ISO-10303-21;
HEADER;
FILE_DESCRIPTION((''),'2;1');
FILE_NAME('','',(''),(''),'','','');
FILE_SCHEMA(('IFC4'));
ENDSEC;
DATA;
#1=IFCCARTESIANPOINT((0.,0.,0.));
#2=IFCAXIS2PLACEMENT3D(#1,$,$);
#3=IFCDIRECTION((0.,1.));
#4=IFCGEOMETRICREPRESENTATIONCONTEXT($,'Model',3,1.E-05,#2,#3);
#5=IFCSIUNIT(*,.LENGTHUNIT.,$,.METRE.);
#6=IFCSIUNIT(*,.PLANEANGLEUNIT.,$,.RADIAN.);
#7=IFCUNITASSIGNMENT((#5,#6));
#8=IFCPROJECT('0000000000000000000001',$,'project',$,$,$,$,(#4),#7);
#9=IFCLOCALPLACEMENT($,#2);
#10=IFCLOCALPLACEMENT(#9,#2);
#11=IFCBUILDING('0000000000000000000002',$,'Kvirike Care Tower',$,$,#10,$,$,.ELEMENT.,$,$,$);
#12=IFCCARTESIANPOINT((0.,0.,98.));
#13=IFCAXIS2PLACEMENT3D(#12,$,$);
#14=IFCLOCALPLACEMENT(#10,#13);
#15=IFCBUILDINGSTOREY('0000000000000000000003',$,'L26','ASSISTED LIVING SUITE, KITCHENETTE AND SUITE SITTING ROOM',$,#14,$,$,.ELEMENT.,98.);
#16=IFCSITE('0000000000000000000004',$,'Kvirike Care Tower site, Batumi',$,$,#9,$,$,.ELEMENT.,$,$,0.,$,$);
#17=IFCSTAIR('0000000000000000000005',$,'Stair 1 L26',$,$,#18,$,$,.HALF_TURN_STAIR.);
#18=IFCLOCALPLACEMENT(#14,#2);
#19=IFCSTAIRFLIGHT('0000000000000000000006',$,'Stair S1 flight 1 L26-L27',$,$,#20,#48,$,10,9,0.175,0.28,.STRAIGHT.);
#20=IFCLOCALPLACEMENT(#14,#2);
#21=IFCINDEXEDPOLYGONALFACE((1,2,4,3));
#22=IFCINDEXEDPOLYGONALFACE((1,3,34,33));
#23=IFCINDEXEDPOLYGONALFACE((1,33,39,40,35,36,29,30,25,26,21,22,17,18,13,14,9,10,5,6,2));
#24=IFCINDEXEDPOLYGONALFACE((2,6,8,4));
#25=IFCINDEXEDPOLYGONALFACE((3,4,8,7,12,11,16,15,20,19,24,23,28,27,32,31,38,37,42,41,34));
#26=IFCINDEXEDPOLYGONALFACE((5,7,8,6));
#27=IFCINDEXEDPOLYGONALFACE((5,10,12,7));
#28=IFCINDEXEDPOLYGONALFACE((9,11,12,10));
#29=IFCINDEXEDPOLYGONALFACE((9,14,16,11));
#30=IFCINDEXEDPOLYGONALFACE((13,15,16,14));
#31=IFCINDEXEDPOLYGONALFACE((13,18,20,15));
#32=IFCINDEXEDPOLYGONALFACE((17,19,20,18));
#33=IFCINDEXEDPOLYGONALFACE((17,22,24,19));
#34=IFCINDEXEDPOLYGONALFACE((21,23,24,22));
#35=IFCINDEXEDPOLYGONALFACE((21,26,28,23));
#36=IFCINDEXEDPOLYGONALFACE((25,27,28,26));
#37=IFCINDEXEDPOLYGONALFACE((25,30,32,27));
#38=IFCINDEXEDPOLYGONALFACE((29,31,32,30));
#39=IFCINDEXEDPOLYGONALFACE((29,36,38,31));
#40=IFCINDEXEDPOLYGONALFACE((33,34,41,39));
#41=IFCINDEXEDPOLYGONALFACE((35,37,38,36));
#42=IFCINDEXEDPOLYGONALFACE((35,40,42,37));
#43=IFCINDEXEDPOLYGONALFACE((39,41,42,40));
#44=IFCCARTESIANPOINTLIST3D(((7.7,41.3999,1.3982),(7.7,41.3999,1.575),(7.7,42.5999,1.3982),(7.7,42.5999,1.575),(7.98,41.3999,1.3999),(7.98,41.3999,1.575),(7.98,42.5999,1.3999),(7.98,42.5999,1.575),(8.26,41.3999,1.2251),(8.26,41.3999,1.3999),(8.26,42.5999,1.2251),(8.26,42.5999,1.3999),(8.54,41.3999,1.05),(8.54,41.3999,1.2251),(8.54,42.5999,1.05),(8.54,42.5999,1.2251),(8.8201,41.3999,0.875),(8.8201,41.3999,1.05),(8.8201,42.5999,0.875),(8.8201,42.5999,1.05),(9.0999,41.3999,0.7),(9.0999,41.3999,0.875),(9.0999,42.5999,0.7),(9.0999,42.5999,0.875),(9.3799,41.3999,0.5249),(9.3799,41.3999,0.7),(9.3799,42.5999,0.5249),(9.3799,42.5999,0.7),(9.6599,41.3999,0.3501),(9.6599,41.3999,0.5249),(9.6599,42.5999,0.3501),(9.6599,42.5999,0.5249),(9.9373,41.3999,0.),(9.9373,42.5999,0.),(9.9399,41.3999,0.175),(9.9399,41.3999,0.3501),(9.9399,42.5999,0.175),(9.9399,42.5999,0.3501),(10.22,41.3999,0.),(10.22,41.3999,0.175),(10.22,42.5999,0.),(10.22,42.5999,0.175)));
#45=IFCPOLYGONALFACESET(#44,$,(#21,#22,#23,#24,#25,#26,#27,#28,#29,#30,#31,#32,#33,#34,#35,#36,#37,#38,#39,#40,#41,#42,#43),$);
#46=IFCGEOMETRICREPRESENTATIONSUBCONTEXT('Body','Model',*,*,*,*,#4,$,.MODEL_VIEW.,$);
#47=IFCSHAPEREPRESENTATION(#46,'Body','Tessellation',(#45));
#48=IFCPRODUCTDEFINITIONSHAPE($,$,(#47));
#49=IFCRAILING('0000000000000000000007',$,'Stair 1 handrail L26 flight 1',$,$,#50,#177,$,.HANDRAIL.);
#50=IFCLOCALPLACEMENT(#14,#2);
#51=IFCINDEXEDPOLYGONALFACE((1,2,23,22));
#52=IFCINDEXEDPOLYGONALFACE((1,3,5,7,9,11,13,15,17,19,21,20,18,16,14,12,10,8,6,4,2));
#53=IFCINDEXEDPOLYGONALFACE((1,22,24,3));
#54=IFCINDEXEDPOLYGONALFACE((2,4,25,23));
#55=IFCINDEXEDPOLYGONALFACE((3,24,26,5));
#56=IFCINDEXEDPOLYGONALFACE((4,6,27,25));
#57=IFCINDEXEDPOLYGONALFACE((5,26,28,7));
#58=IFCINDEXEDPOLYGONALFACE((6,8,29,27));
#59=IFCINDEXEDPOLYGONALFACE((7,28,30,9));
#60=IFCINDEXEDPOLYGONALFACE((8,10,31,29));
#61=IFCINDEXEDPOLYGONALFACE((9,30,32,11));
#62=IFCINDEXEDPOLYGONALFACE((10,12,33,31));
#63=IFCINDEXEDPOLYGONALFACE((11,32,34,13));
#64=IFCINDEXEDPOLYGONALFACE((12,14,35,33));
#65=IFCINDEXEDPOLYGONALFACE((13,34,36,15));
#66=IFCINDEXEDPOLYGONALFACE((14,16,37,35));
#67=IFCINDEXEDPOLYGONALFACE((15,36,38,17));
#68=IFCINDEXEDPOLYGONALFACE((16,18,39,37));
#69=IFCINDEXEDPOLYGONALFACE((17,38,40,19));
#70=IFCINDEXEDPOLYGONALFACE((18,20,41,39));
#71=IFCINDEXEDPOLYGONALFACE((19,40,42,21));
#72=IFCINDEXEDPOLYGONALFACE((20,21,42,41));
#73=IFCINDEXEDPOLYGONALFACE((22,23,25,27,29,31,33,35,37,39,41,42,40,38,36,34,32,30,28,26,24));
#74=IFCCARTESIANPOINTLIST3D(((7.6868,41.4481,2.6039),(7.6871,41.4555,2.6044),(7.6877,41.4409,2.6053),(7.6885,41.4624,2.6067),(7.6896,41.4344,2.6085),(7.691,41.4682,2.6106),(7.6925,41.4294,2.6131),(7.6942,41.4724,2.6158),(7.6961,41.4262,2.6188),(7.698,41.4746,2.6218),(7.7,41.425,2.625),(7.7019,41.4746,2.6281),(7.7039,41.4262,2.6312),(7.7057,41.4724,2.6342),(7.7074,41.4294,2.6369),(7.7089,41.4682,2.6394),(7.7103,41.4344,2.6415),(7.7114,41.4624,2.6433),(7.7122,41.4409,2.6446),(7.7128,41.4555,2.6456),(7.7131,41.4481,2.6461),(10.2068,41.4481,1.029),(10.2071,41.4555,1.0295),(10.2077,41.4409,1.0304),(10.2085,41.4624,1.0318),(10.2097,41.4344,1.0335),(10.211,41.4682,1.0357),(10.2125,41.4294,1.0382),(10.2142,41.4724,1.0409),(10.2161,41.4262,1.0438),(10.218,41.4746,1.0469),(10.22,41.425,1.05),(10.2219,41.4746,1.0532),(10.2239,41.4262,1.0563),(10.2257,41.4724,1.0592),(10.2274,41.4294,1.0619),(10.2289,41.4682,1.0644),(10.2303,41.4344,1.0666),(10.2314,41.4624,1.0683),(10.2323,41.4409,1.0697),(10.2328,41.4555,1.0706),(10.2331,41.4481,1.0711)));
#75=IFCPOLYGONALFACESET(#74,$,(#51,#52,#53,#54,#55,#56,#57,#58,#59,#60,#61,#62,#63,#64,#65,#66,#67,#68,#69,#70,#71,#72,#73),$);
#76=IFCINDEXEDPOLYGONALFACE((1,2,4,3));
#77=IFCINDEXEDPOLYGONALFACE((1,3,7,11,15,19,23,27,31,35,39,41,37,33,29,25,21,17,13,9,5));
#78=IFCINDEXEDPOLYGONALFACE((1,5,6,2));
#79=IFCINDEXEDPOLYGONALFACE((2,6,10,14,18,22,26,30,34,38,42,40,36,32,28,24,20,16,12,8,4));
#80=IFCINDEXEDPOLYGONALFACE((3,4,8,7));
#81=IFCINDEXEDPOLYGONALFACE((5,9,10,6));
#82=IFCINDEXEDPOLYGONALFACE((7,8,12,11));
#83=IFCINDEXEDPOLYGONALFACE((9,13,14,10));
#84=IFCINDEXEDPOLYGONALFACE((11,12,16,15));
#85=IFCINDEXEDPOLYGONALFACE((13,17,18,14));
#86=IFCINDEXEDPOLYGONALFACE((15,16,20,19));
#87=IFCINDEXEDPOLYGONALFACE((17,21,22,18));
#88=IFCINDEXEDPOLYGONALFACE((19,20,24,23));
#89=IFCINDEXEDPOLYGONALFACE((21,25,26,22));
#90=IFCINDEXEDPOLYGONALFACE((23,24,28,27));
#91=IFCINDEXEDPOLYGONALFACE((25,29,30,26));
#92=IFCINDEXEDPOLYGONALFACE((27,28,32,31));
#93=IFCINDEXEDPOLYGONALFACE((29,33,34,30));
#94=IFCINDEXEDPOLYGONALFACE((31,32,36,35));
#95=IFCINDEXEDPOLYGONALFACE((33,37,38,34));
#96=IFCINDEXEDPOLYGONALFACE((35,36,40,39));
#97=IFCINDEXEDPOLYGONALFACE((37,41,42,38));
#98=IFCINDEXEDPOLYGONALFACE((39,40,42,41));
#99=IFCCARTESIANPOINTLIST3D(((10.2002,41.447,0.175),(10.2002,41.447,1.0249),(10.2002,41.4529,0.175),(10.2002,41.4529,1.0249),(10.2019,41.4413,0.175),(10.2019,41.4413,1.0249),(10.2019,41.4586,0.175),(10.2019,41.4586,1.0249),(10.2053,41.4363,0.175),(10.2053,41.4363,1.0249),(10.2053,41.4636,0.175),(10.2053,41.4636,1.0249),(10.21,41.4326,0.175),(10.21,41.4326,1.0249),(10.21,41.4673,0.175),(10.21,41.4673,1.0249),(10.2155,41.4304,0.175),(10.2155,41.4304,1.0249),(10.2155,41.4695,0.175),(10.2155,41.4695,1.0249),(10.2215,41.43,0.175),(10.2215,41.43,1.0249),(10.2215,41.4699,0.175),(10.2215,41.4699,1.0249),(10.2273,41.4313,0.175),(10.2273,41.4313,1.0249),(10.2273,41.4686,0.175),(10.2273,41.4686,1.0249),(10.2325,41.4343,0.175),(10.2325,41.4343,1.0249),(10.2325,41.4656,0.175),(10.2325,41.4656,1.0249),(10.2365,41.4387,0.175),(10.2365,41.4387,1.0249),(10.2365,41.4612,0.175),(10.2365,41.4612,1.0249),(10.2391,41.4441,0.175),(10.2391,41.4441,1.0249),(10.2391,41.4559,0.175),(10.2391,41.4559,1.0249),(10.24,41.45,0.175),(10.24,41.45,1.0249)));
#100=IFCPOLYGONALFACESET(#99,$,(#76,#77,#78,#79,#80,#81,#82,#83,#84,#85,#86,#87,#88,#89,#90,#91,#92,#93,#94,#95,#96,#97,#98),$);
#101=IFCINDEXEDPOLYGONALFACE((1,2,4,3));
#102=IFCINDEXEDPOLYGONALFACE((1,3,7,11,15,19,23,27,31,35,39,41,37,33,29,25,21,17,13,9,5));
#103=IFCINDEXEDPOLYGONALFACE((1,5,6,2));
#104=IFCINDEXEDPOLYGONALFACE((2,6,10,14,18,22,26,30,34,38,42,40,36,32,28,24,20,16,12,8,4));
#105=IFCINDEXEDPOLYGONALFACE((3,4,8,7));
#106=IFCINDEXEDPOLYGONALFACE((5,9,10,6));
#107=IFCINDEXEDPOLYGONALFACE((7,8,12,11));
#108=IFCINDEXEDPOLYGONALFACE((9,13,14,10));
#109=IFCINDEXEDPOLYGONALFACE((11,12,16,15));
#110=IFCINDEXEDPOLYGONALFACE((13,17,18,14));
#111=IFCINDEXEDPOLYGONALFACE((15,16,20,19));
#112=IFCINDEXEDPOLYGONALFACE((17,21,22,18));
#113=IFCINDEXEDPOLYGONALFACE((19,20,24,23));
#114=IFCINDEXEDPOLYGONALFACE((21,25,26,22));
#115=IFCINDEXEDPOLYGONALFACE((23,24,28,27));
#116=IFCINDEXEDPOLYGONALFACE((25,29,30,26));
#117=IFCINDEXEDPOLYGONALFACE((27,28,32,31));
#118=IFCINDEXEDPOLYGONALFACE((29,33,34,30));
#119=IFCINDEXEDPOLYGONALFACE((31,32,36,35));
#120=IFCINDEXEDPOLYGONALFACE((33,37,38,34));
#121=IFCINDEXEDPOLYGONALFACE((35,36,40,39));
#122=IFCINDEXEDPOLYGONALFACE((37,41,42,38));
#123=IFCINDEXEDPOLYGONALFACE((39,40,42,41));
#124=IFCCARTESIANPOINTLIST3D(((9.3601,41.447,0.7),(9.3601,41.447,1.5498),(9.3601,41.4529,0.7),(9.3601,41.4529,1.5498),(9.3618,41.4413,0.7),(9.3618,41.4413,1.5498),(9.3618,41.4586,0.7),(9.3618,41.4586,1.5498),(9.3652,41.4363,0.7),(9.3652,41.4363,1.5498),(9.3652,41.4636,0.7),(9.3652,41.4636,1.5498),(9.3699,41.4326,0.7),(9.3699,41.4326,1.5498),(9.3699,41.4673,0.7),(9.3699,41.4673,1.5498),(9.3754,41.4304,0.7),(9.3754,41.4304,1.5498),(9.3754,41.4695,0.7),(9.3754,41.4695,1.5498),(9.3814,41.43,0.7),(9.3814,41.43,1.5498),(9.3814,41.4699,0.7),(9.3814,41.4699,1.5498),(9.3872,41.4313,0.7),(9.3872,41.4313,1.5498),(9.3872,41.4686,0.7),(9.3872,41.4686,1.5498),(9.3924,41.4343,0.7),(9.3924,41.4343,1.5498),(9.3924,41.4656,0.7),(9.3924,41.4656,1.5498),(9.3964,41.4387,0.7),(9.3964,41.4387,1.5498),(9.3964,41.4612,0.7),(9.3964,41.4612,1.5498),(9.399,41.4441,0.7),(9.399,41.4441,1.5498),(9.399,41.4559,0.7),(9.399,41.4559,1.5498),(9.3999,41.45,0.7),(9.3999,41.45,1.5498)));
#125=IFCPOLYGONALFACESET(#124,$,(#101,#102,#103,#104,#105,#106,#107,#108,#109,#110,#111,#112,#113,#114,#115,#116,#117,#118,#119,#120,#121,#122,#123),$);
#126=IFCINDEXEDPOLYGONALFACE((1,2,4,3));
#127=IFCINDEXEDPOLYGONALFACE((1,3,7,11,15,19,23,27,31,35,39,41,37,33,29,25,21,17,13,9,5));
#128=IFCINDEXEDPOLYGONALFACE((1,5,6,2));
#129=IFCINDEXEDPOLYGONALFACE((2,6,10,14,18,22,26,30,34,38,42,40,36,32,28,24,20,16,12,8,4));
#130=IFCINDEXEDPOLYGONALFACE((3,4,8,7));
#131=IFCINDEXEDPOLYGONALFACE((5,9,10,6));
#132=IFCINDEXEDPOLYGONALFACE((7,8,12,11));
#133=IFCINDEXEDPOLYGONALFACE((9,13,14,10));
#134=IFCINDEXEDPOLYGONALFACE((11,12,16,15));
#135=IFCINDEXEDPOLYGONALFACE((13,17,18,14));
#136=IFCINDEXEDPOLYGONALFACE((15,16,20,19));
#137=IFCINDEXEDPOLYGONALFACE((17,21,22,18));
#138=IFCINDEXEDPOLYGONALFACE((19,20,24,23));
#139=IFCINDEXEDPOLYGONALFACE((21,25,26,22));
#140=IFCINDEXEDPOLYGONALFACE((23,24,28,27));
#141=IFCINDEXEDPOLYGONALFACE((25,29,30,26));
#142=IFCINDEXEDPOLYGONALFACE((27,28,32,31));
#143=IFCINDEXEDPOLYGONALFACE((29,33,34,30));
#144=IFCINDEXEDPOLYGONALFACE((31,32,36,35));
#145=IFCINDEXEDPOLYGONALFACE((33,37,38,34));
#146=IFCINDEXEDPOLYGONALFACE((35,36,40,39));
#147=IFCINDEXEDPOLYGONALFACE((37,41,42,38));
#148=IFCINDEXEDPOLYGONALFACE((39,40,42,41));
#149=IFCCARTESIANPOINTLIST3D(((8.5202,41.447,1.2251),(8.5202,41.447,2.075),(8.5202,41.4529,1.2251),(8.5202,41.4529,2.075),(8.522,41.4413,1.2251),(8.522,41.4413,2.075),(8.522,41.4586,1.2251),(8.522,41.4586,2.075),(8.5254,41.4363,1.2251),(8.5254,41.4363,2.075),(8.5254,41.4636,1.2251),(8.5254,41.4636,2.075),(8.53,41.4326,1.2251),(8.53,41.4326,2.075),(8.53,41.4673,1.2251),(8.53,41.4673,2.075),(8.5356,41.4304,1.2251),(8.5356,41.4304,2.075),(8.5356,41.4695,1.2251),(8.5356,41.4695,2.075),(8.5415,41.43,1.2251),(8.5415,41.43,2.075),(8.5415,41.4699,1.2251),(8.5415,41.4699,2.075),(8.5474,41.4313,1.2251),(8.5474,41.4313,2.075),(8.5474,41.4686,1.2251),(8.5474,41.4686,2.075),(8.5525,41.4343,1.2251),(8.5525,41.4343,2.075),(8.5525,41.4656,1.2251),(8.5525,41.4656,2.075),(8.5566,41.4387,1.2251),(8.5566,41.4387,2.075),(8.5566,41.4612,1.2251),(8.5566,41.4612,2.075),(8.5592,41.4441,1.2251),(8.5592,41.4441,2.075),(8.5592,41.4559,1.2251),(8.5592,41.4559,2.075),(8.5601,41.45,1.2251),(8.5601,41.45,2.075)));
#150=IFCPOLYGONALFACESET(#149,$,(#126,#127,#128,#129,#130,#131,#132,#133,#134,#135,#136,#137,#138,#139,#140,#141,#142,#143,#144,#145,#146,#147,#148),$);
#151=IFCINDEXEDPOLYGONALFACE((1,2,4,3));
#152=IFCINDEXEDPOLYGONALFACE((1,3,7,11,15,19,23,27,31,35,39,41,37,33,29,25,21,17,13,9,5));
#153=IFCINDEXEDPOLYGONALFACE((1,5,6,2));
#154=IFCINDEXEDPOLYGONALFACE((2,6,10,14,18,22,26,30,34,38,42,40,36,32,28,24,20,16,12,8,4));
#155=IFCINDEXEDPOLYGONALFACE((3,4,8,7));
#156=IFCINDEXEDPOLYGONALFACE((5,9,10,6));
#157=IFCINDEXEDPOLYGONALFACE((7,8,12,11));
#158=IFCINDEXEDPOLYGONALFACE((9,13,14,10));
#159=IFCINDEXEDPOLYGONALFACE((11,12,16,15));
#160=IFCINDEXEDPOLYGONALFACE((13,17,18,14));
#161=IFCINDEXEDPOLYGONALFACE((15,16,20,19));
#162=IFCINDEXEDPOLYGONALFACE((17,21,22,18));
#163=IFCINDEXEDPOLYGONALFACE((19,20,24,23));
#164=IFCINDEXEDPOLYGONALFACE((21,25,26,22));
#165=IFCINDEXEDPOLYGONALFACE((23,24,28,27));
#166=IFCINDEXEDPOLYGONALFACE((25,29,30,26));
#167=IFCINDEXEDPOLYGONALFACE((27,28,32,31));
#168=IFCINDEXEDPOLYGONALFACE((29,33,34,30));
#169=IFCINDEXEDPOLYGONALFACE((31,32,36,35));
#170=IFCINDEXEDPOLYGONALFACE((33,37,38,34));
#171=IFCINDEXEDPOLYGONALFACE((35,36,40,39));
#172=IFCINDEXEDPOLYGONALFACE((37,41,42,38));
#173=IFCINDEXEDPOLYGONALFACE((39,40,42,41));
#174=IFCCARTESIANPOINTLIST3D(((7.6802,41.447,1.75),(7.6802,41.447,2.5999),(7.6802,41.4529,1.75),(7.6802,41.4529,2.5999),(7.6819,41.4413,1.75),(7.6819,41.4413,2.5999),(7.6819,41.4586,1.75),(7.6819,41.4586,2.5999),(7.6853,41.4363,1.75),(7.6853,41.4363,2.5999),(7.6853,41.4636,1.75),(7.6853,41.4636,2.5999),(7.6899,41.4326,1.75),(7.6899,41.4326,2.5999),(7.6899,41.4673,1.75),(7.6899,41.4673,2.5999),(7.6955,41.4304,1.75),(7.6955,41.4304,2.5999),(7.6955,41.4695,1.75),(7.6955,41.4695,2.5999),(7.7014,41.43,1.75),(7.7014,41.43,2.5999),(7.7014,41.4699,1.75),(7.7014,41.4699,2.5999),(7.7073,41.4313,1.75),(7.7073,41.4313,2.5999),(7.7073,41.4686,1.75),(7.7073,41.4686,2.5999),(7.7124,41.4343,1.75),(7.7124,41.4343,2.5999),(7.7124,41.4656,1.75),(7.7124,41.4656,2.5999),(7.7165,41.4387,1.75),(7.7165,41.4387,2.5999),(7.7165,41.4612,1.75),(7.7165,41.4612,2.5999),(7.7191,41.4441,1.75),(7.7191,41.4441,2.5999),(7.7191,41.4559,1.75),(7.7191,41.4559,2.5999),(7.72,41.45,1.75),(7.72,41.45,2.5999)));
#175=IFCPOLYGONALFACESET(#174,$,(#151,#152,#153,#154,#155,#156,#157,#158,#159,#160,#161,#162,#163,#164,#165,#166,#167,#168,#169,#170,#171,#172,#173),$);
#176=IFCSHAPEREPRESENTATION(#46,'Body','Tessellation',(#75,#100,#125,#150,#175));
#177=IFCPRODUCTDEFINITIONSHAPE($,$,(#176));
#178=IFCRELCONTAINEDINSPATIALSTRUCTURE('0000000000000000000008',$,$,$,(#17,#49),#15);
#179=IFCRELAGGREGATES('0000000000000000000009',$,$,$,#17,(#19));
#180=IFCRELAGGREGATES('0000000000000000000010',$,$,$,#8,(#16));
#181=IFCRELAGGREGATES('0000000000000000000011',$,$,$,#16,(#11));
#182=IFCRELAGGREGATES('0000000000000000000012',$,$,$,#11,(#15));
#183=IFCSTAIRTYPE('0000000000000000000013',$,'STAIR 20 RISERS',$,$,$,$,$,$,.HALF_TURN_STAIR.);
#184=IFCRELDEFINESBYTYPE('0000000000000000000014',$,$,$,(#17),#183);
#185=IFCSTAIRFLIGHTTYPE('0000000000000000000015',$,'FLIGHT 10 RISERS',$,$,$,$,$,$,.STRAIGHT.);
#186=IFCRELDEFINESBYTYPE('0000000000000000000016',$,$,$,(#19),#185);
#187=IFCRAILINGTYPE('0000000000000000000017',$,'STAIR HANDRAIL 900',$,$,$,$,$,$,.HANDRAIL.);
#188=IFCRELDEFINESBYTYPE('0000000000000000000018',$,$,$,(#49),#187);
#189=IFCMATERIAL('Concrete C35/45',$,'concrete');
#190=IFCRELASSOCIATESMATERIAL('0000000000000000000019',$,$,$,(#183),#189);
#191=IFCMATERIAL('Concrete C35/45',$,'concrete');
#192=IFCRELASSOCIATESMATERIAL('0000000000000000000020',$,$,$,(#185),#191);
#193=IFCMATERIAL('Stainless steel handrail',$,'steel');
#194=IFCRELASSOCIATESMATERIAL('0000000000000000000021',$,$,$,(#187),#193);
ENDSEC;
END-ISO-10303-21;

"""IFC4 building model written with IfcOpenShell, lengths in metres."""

from ifc_helpers import new_model, si_unit, direction, frame, origin, origin_2d, place, context, subcontext, project, spatial, polyline, circle, outline, extrude, material, type_object, element, aggregate, save


model = new_model("IFC4")

# Units and contexts
model_context = context("Model", 3, precision=1e-05, world=origin(), true_north=direction((0.0, 1.0)))
body_context = subcontext(model_context, "Body", "Model", "MODEL_VIEW")
ifc_project = project(units=[si_unit("LENGTHUNIT", "METRE"), si_unit("PLANEANGLEUNIT", "RADIAN")], contexts=[model_context])

# Site, building, storey
site_placement = place(None, origin())
site = spatial("IfcSite", under=ifc_project, at=site_placement, Name="Kvirike Care Tower site, Batumi", CompositionType="ELEMENT", RefElevation=0.0)
building_placement = place(site_placement, origin())
building = spatial("IfcBuilding", under=site, at=building_placement, Name="Kvirike Care Tower", CompositionType="ELEMENT")
storey_placement = place(building_placement, frame((0.0, 0.0, 98.0)))
storey = spatial("IfcBuildingStorey", under=building, at=storey_placement, Name="L26", Description="ASSISTED LIVING SUITE, KITCHENETTE AND SUITE SITTING ROOM", CompositionType="ELEMENT", Elevation=98.0)

# Stair, stair flight
ifc_material_1 = material(Name="Concrete C35/45", Category="concrete")
stair_type = type_object("IfcStairType", Name="STAIR 20 RISERS", PredefinedType="HALF_TURN_STAIR", material=ifc_material_1)
stair_placement = place(storey_placement, origin())
stair = element("IfcStair", 1, at=stair_placement, inside=storey, type_object=stair_type, Name="Stair 1 L26", PredefinedType="HALF_TURN_STAIR")
ifc_material_2 = material(Name="Concrete C35/45", Category="concrete")
stair_flight_type = type_object("IfcStairFlightType", Name="FLIGHT 10 RISERS", PredefinedType="STRAIGHT", material=ifc_material_2)
stair_flight_placement = place(storey_placement, frame((10.22, 42.0, 0.0), z_axis=(0.0, 0.0, 1.0), x_axis=(-1.0, 0.0, 0.0)))
stair_flight = element("IfcStairFlight", 2, at=stair_flight_placement, type_object=stair_flight_type, Name="Stair S1 flight 1 L26-L27", NumberOfRisers=10, NumberOfTreads=9, PredefinedType="STRAIGHT", RiserHeight=0.175, TreadLength=0.28, context=body_context, shape_type="SweptSolid", body=[
    extrude(outline(polyline([(0.0, 0.0), (0.0, 0.175), (0.28, 0.175), (0.28, 0.3501), (0.5601, 0.3501), (0.5601, 0.5249), (0.8401, 0.5249), (0.8401, 0.7), (1.1201, 0.7), (1.1201, 0.875), (1.3999, 0.875), (1.3999, 1.05), (1.6799, 1.05), (1.6799, 1.2251), (1.96, 1.2251), (1.96, 1.3999), (2.24, 1.3999), (2.24, 1.575), (2.52, 1.575), (2.52, 1.75), (2.52, 1.3982), (0.2827, 0.0), (0.0, 0.0)])), frame((0.0, 0.6001, 0.0), z_axis=(0.0, -1.0, 0.0), x_axis=(1.0, 0.0, 0.0)), (0.0, 0.0, 1.0), 1.2),
])
aggregate(stair, [stair_flight])

# Railing
ifc_material_3 = material(Name="Stainless steel handrail", Category="steel")
railing_type = type_object("IfcRailingType", Name="STAIR HANDRAIL 900", PredefinedType="HANDRAIL", material=ifc_material_3)
railing_1_placement = place(storey_placement, frame((10.22, 41.45, 0.175)))
element("IfcRailing", 3, at=railing_1_placement, inside=storey, type_object=railing_type, Name="Stair 1 handrail L26 flight 1", PredefinedType="HANDRAIL", context=body_context, shape_type="SweptSolid", body=[
    extrude(circle(Radius=0.0249, at=origin_2d()), frame((0.0, 0.0, 0.875), z_axis=(-0.848008, 0.0, 0.529984), x_axis=(0.0, -1.0, 0.0)), (0.0, 0.0, 1.0), 2.9717),
    extrude(circle(Radius=0.02, at=origin_2d()), origin(), (0.0, 0.0, 1.0), 0.8499),
    extrude(circle(Radius=0.02, at=origin_2d()), frame((-0.8401, 0.0, 0.5249)), (0.0, 0.0, 1.0), 0.8499),
    extrude(circle(Radius=0.02, at=origin_2d()), frame((-1.6799, 0.0, 1.05)), (0.0, 0.0, 1.0), 0.8499),
    extrude(circle(Radius=0.02, at=origin_2d()), frame((-2.52, 0.0, 1.575)), (0.0, 0.0, 1.0), 0.8499),
])

save(model, "model.ifc")
